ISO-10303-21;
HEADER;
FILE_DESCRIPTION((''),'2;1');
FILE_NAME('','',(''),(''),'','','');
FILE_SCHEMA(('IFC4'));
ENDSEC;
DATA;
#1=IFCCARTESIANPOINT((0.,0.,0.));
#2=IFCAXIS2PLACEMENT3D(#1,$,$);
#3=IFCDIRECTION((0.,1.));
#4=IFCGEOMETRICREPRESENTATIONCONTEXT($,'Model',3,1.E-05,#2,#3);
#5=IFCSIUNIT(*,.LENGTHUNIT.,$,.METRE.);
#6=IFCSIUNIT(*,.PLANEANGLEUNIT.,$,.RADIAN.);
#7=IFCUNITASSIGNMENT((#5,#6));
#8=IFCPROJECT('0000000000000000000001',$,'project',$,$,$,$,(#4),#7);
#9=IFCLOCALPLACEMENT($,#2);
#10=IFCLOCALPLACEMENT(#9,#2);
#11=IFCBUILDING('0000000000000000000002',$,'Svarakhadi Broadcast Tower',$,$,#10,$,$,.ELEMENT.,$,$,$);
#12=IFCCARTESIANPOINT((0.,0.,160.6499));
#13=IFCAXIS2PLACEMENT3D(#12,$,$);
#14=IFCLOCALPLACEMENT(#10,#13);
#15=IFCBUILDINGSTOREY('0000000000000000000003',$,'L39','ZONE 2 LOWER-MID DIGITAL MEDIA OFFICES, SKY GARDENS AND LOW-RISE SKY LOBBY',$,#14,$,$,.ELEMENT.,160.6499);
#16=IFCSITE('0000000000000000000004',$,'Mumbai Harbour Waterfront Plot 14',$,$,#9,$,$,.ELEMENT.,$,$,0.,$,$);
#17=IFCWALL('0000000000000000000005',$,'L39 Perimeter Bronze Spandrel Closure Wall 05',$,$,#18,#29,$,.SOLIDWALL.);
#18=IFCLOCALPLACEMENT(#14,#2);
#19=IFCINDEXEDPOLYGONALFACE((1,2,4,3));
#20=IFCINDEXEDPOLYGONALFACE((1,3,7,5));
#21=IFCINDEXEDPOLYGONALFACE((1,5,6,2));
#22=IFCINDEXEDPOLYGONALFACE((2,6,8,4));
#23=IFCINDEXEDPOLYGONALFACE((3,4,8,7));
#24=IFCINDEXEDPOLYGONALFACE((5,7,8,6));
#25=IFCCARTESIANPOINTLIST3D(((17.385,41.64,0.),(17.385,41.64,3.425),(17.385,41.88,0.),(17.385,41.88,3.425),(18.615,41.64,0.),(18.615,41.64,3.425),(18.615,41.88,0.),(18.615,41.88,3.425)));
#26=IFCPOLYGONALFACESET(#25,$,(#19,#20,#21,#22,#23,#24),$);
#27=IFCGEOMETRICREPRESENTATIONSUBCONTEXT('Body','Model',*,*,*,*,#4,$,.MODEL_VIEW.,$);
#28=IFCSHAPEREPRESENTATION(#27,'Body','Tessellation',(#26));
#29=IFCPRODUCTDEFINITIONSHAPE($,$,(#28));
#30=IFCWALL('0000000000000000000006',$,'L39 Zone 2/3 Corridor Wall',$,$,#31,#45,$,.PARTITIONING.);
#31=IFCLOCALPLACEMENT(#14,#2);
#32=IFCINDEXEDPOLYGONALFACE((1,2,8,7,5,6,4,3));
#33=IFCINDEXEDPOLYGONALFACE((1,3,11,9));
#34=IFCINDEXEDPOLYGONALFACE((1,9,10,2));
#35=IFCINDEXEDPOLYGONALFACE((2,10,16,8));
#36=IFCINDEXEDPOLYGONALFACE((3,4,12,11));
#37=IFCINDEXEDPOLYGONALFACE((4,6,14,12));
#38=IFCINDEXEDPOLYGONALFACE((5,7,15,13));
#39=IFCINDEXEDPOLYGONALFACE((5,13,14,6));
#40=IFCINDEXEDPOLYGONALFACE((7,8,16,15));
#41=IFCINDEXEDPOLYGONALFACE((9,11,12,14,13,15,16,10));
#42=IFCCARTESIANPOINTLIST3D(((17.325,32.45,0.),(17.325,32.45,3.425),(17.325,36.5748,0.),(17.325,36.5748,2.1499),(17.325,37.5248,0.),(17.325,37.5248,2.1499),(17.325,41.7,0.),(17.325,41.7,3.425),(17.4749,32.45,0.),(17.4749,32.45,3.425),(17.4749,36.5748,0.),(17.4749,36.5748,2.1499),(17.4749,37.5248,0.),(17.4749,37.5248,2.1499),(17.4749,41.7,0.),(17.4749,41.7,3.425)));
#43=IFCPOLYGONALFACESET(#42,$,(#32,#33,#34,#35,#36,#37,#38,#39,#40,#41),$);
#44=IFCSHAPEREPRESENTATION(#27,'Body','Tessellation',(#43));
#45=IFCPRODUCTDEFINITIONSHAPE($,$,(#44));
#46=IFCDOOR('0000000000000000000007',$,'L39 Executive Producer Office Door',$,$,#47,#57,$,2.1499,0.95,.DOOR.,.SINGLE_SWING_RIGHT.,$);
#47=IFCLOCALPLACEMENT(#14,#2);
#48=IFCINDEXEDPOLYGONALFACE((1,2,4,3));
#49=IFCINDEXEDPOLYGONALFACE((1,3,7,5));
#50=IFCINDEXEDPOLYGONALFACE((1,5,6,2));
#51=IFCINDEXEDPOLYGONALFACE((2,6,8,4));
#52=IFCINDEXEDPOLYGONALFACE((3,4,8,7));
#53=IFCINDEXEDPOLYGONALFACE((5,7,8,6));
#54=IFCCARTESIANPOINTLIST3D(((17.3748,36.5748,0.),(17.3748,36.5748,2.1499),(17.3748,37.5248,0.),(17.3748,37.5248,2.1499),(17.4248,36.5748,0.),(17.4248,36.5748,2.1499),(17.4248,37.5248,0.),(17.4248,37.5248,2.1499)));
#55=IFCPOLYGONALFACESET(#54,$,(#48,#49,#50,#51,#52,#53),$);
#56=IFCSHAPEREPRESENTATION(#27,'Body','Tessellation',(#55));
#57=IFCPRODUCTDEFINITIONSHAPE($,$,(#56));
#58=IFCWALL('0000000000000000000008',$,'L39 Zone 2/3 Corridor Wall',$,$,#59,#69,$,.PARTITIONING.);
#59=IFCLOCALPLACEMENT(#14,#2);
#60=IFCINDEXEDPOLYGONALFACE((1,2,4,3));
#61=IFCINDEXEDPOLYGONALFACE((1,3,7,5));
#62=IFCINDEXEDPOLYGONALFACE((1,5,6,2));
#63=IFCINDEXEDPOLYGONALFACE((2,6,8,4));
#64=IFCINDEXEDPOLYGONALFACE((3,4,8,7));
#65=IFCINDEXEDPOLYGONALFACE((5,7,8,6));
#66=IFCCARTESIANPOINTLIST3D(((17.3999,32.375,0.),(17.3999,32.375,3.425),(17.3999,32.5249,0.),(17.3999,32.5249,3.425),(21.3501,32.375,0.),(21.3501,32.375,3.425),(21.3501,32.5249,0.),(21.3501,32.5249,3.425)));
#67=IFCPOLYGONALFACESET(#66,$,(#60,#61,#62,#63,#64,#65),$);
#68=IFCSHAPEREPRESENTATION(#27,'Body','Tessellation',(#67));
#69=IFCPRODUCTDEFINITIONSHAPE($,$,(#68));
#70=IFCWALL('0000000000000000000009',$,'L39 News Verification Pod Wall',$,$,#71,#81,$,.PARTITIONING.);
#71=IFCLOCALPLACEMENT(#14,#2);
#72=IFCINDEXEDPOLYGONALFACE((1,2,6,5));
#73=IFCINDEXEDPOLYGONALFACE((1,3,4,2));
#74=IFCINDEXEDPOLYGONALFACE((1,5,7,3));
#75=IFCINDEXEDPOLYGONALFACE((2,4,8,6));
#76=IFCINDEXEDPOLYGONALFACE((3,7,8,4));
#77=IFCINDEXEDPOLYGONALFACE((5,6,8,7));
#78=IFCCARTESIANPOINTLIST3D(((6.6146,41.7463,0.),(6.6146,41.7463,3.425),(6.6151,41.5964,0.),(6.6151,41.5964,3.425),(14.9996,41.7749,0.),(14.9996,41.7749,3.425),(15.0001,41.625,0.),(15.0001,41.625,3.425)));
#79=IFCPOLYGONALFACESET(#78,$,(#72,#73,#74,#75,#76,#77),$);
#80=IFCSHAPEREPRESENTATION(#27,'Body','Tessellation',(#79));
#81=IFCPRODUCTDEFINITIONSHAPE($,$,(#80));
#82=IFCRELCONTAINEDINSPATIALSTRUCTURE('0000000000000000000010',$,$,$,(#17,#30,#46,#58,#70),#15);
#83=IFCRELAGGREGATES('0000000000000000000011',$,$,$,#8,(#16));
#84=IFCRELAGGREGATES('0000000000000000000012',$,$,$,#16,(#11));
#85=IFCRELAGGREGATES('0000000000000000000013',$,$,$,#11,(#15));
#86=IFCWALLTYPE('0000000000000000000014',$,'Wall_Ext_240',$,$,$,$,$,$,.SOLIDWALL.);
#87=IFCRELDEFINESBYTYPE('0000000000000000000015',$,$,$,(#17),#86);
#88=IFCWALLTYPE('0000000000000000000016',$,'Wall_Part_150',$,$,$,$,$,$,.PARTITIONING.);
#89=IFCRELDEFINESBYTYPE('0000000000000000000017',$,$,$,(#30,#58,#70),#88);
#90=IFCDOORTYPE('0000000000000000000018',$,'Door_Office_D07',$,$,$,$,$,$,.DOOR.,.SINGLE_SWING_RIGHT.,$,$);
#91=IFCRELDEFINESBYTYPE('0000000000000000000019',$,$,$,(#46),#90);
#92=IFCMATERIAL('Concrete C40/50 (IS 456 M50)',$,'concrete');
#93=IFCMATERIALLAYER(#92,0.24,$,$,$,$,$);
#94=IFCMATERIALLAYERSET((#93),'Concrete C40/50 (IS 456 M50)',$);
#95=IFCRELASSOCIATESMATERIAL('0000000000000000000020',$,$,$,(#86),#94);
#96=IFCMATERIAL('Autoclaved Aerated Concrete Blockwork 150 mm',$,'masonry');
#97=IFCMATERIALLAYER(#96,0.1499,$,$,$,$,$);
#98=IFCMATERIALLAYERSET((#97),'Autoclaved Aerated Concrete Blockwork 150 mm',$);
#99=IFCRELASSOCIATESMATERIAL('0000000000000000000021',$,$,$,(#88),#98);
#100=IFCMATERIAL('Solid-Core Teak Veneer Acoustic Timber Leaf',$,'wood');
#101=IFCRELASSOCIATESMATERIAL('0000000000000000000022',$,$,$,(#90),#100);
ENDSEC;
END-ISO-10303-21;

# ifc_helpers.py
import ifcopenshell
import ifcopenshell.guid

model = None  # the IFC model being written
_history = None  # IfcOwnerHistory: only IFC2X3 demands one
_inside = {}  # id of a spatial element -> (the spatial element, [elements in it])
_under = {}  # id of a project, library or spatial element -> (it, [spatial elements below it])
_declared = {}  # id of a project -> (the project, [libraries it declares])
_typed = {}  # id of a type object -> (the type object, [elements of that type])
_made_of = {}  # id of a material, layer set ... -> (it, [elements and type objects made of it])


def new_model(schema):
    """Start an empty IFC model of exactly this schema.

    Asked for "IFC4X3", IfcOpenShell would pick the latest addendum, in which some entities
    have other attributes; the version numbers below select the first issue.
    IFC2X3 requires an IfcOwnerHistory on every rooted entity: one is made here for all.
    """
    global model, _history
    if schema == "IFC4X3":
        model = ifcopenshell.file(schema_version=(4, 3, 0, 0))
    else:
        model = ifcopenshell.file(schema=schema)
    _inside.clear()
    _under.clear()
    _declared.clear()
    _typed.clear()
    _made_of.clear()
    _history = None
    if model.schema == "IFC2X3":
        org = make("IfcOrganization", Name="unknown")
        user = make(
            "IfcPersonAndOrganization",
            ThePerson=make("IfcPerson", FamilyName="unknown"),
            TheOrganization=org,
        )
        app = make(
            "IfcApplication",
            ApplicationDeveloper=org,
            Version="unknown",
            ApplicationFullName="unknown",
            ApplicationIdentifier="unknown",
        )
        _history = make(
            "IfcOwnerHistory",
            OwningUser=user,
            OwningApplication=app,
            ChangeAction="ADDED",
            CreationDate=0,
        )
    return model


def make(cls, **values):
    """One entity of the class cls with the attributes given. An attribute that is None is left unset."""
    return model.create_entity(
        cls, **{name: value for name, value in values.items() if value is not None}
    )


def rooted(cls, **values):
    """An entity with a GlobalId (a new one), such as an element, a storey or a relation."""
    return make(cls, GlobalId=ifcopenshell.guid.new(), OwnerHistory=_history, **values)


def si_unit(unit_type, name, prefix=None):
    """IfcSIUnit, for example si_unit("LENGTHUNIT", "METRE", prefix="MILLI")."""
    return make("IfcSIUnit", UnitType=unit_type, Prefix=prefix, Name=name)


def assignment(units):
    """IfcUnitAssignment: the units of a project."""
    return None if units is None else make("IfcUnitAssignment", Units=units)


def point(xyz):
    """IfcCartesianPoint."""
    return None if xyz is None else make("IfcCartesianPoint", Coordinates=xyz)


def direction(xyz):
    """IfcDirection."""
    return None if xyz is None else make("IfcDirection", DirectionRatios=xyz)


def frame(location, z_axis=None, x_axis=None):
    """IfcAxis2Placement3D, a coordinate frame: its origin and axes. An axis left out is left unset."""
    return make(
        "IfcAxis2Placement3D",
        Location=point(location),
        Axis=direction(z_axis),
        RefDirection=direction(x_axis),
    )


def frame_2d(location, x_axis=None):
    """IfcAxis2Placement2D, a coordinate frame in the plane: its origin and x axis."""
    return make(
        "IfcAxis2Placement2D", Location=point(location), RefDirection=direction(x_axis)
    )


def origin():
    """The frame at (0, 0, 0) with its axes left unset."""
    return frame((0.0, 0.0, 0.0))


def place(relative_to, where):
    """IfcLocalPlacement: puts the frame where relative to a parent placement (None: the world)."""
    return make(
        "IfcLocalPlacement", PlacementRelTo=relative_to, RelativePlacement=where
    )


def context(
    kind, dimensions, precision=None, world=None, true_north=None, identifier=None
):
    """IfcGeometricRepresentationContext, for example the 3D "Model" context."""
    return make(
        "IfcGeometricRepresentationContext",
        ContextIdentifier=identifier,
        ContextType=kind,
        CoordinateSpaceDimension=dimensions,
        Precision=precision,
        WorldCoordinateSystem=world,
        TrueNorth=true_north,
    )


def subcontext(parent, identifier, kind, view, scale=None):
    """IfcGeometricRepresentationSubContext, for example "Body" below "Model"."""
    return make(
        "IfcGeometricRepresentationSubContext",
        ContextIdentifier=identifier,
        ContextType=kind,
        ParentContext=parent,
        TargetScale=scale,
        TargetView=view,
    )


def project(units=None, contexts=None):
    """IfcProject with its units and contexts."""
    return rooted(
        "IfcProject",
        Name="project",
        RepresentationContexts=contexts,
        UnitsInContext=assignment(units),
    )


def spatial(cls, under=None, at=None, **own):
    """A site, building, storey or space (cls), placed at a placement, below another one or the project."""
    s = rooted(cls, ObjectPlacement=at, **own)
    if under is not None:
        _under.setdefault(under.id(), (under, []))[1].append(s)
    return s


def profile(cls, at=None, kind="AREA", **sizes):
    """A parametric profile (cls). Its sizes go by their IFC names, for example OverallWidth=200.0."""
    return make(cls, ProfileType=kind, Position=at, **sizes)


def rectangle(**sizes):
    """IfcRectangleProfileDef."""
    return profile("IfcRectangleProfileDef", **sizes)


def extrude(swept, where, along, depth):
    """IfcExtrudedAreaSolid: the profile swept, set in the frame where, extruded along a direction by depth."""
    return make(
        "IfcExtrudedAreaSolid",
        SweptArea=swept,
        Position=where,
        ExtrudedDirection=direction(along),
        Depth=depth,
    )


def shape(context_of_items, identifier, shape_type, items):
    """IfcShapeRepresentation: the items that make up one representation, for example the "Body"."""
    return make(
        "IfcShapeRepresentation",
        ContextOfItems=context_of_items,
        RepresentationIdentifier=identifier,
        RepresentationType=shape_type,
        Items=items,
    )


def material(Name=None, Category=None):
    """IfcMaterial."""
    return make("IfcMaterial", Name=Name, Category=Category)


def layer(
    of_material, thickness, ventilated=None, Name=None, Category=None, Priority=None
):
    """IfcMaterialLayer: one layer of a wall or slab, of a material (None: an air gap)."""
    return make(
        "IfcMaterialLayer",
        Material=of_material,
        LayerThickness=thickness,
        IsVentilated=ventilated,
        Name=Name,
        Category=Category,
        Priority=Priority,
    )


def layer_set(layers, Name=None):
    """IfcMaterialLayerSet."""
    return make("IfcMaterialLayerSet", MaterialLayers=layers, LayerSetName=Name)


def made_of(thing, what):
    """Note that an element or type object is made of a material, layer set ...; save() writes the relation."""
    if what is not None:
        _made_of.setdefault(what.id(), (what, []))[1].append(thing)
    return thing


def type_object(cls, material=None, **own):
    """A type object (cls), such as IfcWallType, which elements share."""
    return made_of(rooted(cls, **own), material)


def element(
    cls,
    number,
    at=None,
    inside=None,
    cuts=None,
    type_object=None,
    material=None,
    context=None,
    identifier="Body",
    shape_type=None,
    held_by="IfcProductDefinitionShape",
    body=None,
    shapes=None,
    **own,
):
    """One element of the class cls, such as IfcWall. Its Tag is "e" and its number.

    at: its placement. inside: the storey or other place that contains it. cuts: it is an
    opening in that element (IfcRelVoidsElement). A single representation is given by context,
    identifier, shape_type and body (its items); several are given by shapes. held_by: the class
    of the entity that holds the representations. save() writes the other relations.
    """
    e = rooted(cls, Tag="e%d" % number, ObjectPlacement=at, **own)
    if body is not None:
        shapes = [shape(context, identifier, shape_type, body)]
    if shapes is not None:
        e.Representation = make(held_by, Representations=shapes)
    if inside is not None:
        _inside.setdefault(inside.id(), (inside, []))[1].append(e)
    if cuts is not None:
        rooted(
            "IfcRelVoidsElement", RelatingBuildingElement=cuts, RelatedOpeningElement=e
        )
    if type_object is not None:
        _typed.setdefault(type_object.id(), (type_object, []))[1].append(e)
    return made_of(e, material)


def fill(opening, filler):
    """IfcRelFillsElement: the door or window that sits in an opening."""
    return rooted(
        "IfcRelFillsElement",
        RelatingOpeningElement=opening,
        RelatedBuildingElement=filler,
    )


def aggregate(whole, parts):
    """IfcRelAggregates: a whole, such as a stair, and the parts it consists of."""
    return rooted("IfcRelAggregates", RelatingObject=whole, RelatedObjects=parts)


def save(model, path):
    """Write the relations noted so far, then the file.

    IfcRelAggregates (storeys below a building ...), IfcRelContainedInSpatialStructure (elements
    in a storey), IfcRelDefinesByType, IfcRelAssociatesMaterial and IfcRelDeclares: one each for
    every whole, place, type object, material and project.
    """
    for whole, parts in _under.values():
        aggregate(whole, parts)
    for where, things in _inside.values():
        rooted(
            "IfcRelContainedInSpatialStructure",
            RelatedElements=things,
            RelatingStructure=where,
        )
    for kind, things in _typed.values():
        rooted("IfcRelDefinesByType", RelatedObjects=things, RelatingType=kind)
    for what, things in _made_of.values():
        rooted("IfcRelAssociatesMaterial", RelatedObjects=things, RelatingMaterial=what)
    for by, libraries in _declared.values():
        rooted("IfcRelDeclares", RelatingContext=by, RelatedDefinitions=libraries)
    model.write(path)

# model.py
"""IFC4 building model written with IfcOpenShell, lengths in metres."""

from ifc_helpers import new_model, si_unit, direction, frame, frame_2d, origin, place, context, subcontext, project, spatial, rectangle, extrude, material, layer, layer_set, type_object, element, fill, save


model = new_model("IFC4")

# Units and contexts
model_context = context("Model", 3, precision=1e-05, world=origin(), true_north=direction((0.0, 1.0)))
body_context = subcontext(model_context, "Body", "Model", "MODEL_VIEW")
ifc_project = project(units=[si_unit("LENGTHUNIT", "METRE"), si_unit("PLANEANGLEUNIT", "RADIAN")], contexts=[model_context])

# Site, building, storey
site_placement = place(None, origin())
site = spatial("IfcSite", under=ifc_project, at=site_placement, Name="Mumbai Harbour Waterfront Plot 14", CompositionType="ELEMENT", RefElevation=0.0)
building_placement = place(site_placement, origin())
building = spatial("IfcBuilding", under=site, at=building_placement, Name="Svarakhadi Broadcast Tower", CompositionType="ELEMENT")
storey_placement = place(building_placement, frame((0.0, 0.0, 160.6499)))
storey = spatial("IfcBuildingStorey", under=building, at=storey_placement, Name="L39", Description="ZONE 2 LOWER-MID DIGITAL MEDIA OFFICES, SKY GARDENS AND LOW-RISE SKY LOBBY", CompositionType="ELEMENT", Elevation=160.6499)

# Wall
ifc_material_1 = material(Name="Concrete C40/50 (IS 456 M50)", Category="concrete")
ifc_layer_1 = layer(ifc_material_1, 0.24)
ifc_layer_set_1 = layer_set([ifc_layer_1], Name="Concrete C40/50 (IS 456 M50)")
wall_type_1 = type_object("IfcWallType", Name="Wall_Ext_240", PredefinedType="SOLIDWALL", material=ifc_layer_set_1)
for number, where, z_axis, x_axis, name in (
    (1, (17.385, 41.76, 0.0), (0.0, 0.0, 1.0), (1.0, 0.0, 0.0), "L39 Perimeter Bronze Spandrel Closure Wall 05"),
):
    element("IfcWall", number, at=place(storey_placement, frame(where, z_axis=z_axis, x_axis=x_axis)), inside=storey, type_object=wall_type_1, Name=name, PredefinedType="SOLIDWALL", context=body_context, shape_type="SweptSolid", body=[
        extrude(rectangle(XDim=1.23, YDim=0.24, at=frame_2d((0.615, 0.0))), origin(), (0.0, 0.0, 1.0), 3.425),
    ])

# Shared definitions
ifc_material_2 = material(Name="Autoclaved Aerated Concrete Blockwork 150 mm", Category="masonry")
ifc_layer_2 = layer(ifc_material_2, 0.1499)
ifc_layer_set_2 = layer_set([ifc_layer_2], Name="Autoclaved Aerated Concrete Blockwork 150 mm")
wall_type_2 = type_object("IfcWallType", Name="Wall_Part_150", PredefinedType="PARTITIONING", material=ifc_layer_set_2)
ifc_material_3 = material(Name="Solid-Core Teak Veneer Acoustic Timber Leaf", Category="wood")
door_type_1 = type_object("IfcDoorType", Name="Door_Office_D07", OperationType="SINGLE_SWING_RIGHT", PredefinedType="DOOR", material=ifc_material_3)

# Wall, opening, door
wall_1_placement = place(storey_placement, frame((17.3999, 41.7, 0.0), z_axis=(0.0, 0.0, 1.0), x_axis=(0.0, -1.0, 0.0)))
wall_1 = element("IfcWall", 2, at=wall_1_placement, inside=storey, type_object=wall_type_2, Name="L39 Zone 2/3 Corridor Wall", PredefinedType="PARTITIONING", context=body_context, shape_type="SweptSolid", body=[
    extrude(rectangle(XDim=9.25, YDim=0.1499, at=frame_2d((4.625, 0.0))), origin(), (0.0, 0.0, 1.0), 3.425),
])
opening_1_placement = place(wall_1_placement, frame((4.175, 0.0, 0.0)))
opening_1 = element("IfcOpeningElement", 3, at=opening_1_placement, cuts=wall_1, PredefinedType="OPENING", context=body_context, shape_type="SweptSolid", body=[
    extrude(rectangle(XDim=0.95, YDim=2.1499, at=frame_2d((0.4751, 1.075))), frame((0.0, 0.085, 0.0), z_axis=(0.0, -1.0, 0.0), x_axis=(1.0, 0.0, 0.0)), (0.0, 0.0, 1.0), 0.1699),
])
door_1_placement = place(opening_1_placement, origin())
door_1 = element("IfcDoor", 4, at=door_1_placement, inside=storey, type_object=door_type_1, Name="L39 Executive Producer Office Door", OperationType="SINGLE_SWING_RIGHT", OverallHeight=2.1499, OverallWidth=0.95, PredefinedType="DOOR", context=body_context, shape_type="SweptSolid", body=[
    extrude(rectangle(XDim=0.95, YDim=2.1499, at=frame_2d((0.4751, 1.075))), frame((0.0, 0.0249, 0.0), z_axis=(0.0, -1.0, 0.0), x_axis=(1.0, 0.0, 0.0)), (0.0, 0.0, 1.0), 0.05),
])
fill(opening_1, door_1)

# Walls
wall_2_placement = place(storey_placement, frame((17.3999, 32.45, 0.0), z_axis=(0.0, 0.0, 1.0), x_axis=(1.0, 0.0, 0.0)))
element("IfcWall", 5, at=wall_2_placement, inside=storey, type_object=wall_type_2, Name="L39 Zone 2/3 Corridor Wall", PredefinedType="PARTITIONING", context=body_context, shape_type="SweptSolid", body=[
    extrude(rectangle(XDim=3.9502, YDim=0.1499, at=frame_2d((1.9751, 0.0))), origin(), (0.0, 0.0, 1.0), 3.425),
])
wall_3_placement = place(storey_placement, frame((6.615, 41.6714, 0.0), z_axis=(0.0, 0.0, 1.0), x_axis=(0.999994, 0.003407, 0.0)))
element("IfcWall", 6, at=wall_3_placement, inside=storey, type_object=wall_type_2, Name="L39 News Verification Pod Wall", PredefinedType="PARTITIONING", context=body_context, shape_type="SweptSolid", body=[
    extrude(rectangle(XDim=8.385, YDim=0.1499, at=frame_2d((4.1924, 0.0))), origin(), (0.0, 0.0, 1.0), 3.425),
])

save(model, "model.ifc")
